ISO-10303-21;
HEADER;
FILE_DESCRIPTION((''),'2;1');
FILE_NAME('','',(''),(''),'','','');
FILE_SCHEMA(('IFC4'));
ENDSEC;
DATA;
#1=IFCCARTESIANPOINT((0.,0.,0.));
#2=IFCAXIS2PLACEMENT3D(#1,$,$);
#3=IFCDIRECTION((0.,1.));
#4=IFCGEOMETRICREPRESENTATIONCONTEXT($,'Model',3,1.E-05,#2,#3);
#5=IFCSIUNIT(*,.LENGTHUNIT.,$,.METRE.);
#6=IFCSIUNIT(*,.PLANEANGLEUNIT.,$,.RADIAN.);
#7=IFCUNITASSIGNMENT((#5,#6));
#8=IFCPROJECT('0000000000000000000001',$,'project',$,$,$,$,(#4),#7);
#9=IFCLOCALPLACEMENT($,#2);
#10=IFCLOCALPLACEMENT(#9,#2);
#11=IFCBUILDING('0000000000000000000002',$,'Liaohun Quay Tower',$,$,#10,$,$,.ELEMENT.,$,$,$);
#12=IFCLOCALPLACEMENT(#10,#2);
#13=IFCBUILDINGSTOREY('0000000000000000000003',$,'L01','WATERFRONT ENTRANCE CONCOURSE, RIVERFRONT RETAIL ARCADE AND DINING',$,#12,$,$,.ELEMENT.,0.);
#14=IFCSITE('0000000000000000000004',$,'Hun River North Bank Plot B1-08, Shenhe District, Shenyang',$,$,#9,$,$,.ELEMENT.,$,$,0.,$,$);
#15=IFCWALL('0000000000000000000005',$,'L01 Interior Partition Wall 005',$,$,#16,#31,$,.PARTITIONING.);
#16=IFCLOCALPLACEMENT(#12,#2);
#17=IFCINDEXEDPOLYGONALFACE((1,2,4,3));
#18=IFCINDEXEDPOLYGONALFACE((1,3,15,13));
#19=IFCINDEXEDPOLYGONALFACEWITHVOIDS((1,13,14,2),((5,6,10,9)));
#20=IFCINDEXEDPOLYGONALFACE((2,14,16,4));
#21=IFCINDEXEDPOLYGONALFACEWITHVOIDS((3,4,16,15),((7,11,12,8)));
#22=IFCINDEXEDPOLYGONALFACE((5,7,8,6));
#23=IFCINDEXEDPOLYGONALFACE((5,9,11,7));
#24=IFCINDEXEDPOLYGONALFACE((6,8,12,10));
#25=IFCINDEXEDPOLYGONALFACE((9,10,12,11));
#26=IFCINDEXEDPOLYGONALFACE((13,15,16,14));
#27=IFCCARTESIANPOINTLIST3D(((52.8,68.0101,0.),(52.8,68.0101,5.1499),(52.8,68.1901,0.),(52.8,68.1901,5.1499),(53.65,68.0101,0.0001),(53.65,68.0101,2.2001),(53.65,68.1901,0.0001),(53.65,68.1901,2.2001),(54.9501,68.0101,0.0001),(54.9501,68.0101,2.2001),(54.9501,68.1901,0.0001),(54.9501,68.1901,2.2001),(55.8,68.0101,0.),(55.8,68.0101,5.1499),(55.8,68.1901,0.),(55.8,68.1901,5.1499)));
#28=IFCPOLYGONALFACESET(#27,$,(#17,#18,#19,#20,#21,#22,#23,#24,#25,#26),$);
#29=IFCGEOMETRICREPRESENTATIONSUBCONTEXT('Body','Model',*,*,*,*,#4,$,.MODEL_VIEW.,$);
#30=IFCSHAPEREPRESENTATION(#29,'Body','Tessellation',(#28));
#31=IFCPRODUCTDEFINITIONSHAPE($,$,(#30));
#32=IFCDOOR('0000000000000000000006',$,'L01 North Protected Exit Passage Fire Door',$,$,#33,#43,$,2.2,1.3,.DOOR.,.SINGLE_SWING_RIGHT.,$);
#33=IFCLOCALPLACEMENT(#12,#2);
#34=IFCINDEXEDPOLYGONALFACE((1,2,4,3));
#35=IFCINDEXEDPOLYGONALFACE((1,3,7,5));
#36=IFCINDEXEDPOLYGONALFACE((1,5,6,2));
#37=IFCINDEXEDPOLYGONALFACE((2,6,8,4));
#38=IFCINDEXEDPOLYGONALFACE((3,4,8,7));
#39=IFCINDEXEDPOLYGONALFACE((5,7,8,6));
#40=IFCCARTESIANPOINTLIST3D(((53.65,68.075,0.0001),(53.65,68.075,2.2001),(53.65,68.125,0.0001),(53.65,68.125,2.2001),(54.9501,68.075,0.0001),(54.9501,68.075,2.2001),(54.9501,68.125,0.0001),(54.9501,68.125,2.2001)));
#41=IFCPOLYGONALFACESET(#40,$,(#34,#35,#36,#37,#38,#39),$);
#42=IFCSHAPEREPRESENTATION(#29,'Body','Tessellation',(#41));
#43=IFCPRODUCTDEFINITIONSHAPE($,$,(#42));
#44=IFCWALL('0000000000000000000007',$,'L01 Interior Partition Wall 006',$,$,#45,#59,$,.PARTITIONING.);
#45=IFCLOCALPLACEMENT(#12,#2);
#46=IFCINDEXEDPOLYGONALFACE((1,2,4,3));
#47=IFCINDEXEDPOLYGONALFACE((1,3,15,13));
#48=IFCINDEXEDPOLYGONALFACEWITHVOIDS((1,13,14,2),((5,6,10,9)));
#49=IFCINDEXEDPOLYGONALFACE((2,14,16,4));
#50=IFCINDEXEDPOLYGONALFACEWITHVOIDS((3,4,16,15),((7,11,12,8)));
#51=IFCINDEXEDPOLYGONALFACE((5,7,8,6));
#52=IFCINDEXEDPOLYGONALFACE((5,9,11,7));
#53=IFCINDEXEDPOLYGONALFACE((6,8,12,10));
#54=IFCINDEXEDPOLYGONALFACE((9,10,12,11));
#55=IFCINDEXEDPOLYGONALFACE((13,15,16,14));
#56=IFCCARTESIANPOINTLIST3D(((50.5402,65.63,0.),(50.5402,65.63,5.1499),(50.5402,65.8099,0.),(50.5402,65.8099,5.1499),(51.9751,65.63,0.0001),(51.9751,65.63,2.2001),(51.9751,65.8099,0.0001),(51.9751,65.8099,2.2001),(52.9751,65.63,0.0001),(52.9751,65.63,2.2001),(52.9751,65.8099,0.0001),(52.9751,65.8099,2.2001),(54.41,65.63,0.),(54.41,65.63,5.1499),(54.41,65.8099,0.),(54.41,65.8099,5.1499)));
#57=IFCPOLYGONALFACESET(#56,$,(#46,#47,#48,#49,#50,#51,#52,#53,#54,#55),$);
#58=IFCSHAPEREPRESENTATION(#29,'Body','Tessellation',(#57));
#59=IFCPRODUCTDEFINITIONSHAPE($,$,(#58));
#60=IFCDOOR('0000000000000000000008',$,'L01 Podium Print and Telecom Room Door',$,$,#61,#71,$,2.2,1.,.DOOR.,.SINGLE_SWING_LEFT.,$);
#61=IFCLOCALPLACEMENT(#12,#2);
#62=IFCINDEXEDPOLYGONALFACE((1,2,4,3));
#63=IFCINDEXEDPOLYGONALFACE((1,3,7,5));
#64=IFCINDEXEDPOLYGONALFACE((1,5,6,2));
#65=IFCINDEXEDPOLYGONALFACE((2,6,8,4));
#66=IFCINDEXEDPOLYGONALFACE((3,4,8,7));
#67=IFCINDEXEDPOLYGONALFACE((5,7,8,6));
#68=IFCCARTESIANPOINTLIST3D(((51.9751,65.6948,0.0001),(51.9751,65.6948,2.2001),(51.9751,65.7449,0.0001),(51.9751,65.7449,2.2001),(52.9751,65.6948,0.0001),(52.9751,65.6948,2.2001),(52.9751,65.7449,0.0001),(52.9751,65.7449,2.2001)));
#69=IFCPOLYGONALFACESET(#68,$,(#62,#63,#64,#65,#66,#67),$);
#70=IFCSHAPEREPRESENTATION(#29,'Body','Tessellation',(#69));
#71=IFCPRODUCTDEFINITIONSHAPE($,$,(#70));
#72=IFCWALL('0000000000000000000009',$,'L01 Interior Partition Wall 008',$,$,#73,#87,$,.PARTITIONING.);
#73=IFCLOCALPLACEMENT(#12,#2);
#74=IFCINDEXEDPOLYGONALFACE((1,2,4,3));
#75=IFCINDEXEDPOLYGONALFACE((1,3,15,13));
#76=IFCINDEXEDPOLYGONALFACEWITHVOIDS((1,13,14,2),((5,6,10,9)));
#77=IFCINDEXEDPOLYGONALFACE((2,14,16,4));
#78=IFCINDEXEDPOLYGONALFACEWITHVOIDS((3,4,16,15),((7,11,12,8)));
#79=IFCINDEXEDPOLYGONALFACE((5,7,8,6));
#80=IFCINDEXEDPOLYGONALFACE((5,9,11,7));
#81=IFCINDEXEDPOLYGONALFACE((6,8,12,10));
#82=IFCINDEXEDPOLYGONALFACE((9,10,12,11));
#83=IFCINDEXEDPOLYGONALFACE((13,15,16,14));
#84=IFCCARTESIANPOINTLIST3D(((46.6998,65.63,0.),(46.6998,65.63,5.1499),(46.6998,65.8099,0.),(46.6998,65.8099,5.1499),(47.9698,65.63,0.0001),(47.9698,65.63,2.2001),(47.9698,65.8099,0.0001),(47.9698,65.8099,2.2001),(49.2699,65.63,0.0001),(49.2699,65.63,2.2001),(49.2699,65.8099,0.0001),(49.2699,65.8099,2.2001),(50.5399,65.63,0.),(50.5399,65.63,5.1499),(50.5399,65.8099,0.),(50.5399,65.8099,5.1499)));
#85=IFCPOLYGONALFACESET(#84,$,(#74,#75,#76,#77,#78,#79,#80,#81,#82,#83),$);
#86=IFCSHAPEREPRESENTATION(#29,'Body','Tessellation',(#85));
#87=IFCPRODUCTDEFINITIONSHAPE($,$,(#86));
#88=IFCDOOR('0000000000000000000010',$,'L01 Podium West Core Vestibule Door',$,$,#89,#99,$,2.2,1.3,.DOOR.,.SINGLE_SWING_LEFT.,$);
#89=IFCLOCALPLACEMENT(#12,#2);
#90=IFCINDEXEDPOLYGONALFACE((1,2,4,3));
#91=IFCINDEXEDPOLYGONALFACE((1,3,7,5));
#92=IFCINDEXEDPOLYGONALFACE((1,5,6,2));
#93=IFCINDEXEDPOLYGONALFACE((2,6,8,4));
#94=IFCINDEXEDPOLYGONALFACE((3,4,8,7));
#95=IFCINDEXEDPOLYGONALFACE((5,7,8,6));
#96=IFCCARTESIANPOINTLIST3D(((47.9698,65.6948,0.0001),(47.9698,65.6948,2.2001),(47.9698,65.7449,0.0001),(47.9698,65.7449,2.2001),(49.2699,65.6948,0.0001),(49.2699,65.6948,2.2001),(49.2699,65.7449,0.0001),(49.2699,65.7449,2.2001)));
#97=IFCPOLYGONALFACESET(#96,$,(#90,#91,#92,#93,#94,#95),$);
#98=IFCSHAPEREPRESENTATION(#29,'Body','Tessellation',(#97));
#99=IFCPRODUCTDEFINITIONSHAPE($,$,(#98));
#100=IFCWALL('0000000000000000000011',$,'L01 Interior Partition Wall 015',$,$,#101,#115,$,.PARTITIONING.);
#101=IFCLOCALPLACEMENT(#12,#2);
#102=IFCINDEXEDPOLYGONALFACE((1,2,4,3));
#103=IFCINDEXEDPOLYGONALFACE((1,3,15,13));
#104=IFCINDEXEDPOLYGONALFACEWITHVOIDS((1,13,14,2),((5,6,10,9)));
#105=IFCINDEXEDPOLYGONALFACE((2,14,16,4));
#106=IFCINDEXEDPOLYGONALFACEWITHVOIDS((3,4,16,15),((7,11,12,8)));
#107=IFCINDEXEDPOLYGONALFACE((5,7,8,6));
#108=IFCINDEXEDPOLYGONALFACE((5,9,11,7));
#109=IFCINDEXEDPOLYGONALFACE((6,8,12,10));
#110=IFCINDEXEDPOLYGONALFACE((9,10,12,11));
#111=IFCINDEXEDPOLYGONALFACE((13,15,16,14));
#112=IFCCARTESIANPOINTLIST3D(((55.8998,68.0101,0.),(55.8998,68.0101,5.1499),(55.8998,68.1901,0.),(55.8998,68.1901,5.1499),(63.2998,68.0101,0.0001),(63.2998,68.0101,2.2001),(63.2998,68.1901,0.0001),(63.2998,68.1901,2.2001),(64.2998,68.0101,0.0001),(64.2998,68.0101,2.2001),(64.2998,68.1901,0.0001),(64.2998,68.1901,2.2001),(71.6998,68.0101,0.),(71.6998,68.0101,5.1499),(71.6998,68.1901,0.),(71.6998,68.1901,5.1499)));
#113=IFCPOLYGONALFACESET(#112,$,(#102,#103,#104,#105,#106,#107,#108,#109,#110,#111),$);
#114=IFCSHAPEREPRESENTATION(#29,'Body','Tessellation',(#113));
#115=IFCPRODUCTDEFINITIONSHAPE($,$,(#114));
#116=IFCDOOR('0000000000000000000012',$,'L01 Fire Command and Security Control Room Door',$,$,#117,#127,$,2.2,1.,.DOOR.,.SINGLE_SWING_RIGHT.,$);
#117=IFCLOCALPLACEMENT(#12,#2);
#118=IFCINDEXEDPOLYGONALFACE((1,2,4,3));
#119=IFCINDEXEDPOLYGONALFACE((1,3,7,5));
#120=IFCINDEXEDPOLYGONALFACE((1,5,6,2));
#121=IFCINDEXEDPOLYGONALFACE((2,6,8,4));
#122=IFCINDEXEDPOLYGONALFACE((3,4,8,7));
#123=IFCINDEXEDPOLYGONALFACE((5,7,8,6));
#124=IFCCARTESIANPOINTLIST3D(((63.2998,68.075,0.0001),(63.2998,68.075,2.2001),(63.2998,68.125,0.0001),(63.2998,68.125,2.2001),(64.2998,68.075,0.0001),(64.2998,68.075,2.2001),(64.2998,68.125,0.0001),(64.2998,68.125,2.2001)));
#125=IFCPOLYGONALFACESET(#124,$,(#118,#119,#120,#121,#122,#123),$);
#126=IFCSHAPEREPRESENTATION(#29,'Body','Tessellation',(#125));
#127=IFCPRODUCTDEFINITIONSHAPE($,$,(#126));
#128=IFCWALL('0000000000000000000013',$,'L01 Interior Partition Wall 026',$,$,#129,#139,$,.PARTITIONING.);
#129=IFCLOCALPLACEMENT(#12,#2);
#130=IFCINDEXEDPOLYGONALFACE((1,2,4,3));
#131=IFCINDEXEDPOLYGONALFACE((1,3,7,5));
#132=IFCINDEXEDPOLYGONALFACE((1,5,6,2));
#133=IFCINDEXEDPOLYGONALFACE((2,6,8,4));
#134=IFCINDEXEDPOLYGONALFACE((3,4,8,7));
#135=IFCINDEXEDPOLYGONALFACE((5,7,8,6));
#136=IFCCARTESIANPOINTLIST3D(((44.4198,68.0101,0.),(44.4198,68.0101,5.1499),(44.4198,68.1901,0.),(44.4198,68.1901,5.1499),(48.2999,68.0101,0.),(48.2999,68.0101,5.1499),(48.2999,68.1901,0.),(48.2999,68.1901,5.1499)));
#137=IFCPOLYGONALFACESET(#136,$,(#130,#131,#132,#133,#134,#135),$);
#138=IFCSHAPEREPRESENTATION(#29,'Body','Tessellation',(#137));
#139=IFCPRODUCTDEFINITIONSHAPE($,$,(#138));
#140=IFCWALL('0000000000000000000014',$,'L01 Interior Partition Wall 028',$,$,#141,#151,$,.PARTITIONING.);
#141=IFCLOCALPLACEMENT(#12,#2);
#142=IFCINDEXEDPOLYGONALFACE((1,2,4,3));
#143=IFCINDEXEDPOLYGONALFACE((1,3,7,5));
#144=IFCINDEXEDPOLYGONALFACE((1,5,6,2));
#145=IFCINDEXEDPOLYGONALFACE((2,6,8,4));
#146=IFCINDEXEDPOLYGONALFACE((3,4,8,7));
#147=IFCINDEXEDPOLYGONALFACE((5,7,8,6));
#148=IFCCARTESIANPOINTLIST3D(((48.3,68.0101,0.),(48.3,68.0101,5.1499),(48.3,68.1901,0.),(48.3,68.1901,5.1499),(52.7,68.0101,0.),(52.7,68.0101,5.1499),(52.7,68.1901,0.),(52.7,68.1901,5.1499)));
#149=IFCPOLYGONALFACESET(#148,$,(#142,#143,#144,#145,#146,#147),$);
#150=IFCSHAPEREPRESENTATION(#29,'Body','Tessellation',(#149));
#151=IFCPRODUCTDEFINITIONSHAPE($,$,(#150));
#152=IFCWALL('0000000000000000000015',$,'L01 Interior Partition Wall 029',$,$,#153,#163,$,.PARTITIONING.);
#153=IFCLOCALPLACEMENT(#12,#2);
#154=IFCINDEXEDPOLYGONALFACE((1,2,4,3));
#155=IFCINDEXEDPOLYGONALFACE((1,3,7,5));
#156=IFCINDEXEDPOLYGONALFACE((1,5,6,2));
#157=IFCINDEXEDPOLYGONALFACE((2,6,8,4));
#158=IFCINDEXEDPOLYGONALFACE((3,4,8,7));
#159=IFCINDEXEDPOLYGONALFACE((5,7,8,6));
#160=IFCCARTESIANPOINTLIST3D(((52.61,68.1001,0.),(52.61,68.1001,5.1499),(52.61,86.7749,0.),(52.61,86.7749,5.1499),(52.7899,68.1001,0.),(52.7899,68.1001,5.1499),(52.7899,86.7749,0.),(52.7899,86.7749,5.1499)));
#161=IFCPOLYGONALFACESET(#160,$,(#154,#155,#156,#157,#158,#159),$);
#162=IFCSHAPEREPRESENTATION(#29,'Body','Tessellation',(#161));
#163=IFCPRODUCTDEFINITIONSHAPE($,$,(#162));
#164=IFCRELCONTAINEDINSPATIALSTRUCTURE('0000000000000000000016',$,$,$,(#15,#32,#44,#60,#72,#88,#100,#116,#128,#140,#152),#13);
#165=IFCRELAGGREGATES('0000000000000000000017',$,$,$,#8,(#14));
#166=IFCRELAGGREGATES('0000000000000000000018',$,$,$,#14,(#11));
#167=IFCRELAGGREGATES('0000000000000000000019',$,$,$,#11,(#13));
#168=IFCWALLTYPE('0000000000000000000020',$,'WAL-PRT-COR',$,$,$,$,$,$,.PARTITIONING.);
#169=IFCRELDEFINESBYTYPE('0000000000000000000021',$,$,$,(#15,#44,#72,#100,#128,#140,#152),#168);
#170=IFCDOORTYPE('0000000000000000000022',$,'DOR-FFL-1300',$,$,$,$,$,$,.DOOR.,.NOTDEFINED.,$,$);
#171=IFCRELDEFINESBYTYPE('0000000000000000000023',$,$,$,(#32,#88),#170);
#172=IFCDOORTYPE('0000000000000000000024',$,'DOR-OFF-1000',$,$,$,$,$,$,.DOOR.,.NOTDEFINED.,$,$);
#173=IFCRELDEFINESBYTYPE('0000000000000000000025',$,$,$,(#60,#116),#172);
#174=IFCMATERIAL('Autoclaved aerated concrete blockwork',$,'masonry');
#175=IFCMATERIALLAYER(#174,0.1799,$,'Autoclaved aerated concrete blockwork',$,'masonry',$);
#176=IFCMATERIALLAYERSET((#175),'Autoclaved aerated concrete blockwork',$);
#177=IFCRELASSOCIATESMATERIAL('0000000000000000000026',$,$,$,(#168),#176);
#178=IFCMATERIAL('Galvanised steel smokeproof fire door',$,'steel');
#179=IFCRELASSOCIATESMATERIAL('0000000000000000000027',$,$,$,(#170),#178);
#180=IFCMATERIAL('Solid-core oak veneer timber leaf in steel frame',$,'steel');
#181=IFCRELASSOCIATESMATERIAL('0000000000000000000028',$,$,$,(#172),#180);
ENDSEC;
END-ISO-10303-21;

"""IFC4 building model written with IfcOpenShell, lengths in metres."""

from ifc_helpers import new_model, si_unit, direction, frame, frame_2d, origin, place, context, subcontext, project, spatial, rectangle, extrude, source, transform, mapped, material, layer, layer_set, type_object, element, fill, save


model = new_model("IFC4")

# Units and contexts
model_context = context("Model", 3, precision=1e-05, world=origin(), true_north=direction((0.0, 1.0)))
body_context = subcontext(model_context, "Body", "Model", "MODEL_VIEW")
ifc_project = project(units=[si_unit("LENGTHUNIT", "METRE"), si_unit("PLANEANGLEUNIT", "RADIAN")], contexts=[model_context])

# Site, building, storey
site_placement = place(None, origin())
site = spatial("IfcSite", under=ifc_project, at=site_placement, Name="Hun River North Bank Plot B1-08, Shenhe District, Shenyang", CompositionType="ELEMENT", RefElevation=0.0)
building_placement = place(site_placement, origin())
building = spatial("IfcBuilding", under=site, at=building_placement, Name="Liaohun Quay Tower", CompositionType="ELEMENT")
storey_placement = place(building_placement, origin())
storey = spatial("IfcBuildingStorey", under=building, at=storey_placement, Name="L01", Description="WATERFRONT ENTRANCE CONCOURSE, RIVERFRONT RETAIL ARCADE AND DINING", CompositionType="ELEMENT", Elevation=0.0)

# Walls, openings, doors
ifc_material_1 = material(Name="Autoclaved aerated concrete blockwork", Category="masonry")
ifc_layer_1 = layer(ifc_material_1, 0.1799, Name="Autoclaved aerated concrete blockwork", Category="masonry")
ifc_layer_set_1 = layer_set([ifc_layer_1], Name="Autoclaved aerated concrete blockwork")
wall_type_1 = type_object("IfcWallType", Name="WAL-PRT-COR", PredefinedType="PARTITIONING", material=ifc_layer_set_1)
wall_1_placement = place(storey_placement, frame((52.8, 68.1001, 0.0), z_axis=(0.0, 0.0, 1.0), x_axis=(1.0, 0.0, 0.0)))
wall_1 = element("IfcWall", 1, at=wall_1_placement, inside=storey, type_object=wall_type_1, Name="L01 Interior Partition Wall 005", PredefinedType="PARTITIONING", context=body_context, shape_type="SweptSolid", body=[
    extrude(rectangle(XDim=3.0, YDim=0.1799, at=frame_2d((1.5, 0.0))), origin(), (0.0, 0.0, 1.0), 5.1499),
])
shared_shape_1 = source(origin(), body_context, "Body", "SweptSolid", [
    extrude(rectangle(XDim=1.3, YDim=2.2, at=frame_2d((0.6499, 1.1001))), frame((0.0, 0.0999, 0.0), z_axis=(0.0, -1.0, 0.0), x_axis=(1.0, 0.0, 0.0)), (0.0, 0.0, 1.0), 0.2),
])
opening_1_placement = place(wall_1_placement, frame((0.8501, 0.0, 0.0)))
opening_1 = element("IfcOpeningElement", 2, at=opening_1_placement, cuts=wall_1, PredefinedType="OPENING", context=body_context, shape_type="MappedRepresentation", body=[
    mapped(shared_shape_1, transform((0.0, 0.0, 0.0), x_axis=(1.0, 0.0, 0.0), y_axis=(0.0, 1.0, 0.0), z_axis=(0.0, 0.0, 1.0), scale=1.0)),
])
ifc_material_2 = material(Name="Galvanised steel smokeproof fire door", Category="steel")
door_type_1 = type_object("IfcDoorType", Name="DOR-FFL-1300", OperationType="NOTDEFINED", PredefinedType="DOOR", material=ifc_material_2)
shared_shape_2 = source(origin(), body_context, "Body", "SweptSolid", [
    extrude(rectangle(XDim=1.3, YDim=2.2, at=frame_2d((0.6499, 1.1001))), frame((0.0, 0.0249, 0.0), z_axis=(0.0, -1.0, 0.0), x_axis=(1.0, 0.0, 0.0)), (0.0, 0.0, 1.0), 0.05),
])
door_1_placement = place(opening_1_placement, origin())
door_1 = element("IfcDoor", 3, at=door_1_placement, inside=storey, type_object=door_type_1, Name="L01 North Protected Exit Passage Fire Door", OperationType="SINGLE_SWING_RIGHT", OverallHeight=2.2, OverallWidth=1.3, PredefinedType="DOOR", context=body_context, shape_type="MappedRepresentation", body=[
    mapped(shared_shape_2, transform((0.0, 0.0, 0.0), x_axis=(1.0, 0.0, 0.0), y_axis=(0.0, 1.0, 0.0), z_axis=(0.0, 0.0, 1.0), scale=1.0)),
])
fill(opening_1, door_1)
wall_2_placement = place(storey_placement, frame((50.54, 65.72, 0.0), z_axis=(0.0, 0.0, 1.0), x_axis=(1.0, 0.0, 0.0)))
wall_2 = element("IfcWall", 4, at=wall_2_placement, inside=storey, type_object=wall_type_1, Name="L01 Interior Partition Wall 006", PredefinedType="PARTITIONING", context=body_context, shape_type="SweptSolid", body=[
    extrude(rectangle(XDim=3.8699, YDim=0.1799, at=frame_2d((1.9351, 0.0))), origin(), (0.0, 0.0, 1.0), 5.1499),
])
shared_shape_3 = source(origin(), body_context, "Body", "SweptSolid", [
    extrude(rectangle(XDim=1.0, YDim=2.2, at=frame_2d((0.5, 1.1001))), frame((0.0, 0.0999, 0.0), z_axis=(0.0, -1.0, 0.0), x_axis=(1.0, 0.0, 0.0)), (0.0, 0.0, 1.0), 0.2),
])
opening_2_placement = place(wall_2_placement, frame((1.4351, 0.0, 0.0)))
opening_2 = element("IfcOpeningElement", 5, at=opening_2_placement, cuts=wall_2, PredefinedType="OPENING", context=body_context, shape_type="MappedRepresentation", body=[
    mapped(shared_shape_3, transform((0.0, 0.0, 0.0), x_axis=(1.0, 0.0, 0.0), y_axis=(0.0, 1.0, 0.0), z_axis=(0.0, 0.0, 1.0), scale=1.0)),
])
ifc_material_3 = material(Name="Solid-core oak veneer timber leaf in steel frame", Category="steel")
door_type_2 = type_object("IfcDoorType", Name="DOR-OFF-1000", OperationType="NOTDEFINED", PredefinedType="DOOR", material=ifc_material_3)
shared_shape_4 = source(origin(), body_context, "Body", "SweptSolid", [
    extrude(rectangle(XDim=1.0, YDim=2.2, at=frame_2d((0.5, 1.1001))), frame((0.0, 0.0249, 0.0), z_axis=(0.0, -1.0, 0.0), x_axis=(1.0, 0.0, 0.0)), (0.0, 0.0, 1.0), 0.05),
])
door_2_placement = place(opening_2_placement, origin())
door_2 = element("IfcDoor", 6, at=door_2_placement, inside=storey, type_object=door_type_2, Name="L01 Podium Print and Telecom Room Door", OperationType="SINGLE_SWING_LEFT", OverallHeight=2.2, OverallWidth=1.0, PredefinedType="DOOR", context=body_context, shape_type="MappedRepresentation", body=[
    mapped(shared_shape_4, transform((0.0, 0.0, 0.0), x_axis=(1.0, 0.0, 0.0), y_axis=(0.0, 1.0, 0.0), z_axis=(0.0, 0.0, 1.0), scale=1.0)),
])
fill(opening_2, door_2)
wall_3_placement = place(storey_placement, frame((46.7, 65.72, 0.0), z_axis=(0.0, 0.0, 1.0), x_axis=(1.0, 0.0, 0.0)))
wall_3 = element("IfcWall", 7, at=wall_3_placement, inside=storey, type_object=wall_type_1, Name="L01 Interior Partition Wall 008", PredefinedType="PARTITIONING", context=body_context, shape_type="SweptSolid", body=[
    extrude(rectangle(XDim=3.8401, YDim=0.1799, at=frame_2d((1.9199, 0.0))), origin(), (0.0, 0.0, 1.0), 5.1499),
])
opening_3_placement = place(wall_3_placement, frame((1.27, 0.0, 0.0)))
opening_3 = element("IfcOpeningElement", 8, at=opening_3_placement, cuts=wall_3, PredefinedType="OPENING", context=body_context, shape_type="MappedRepresentation", body=[
    mapped(shared_shape_1, transform((0.0, 0.0, 0.0), x_axis=(1.0, 0.0, 0.0), y_axis=(0.0, 1.0, 0.0), z_axis=(0.0, 0.0, 1.0), scale=1.0)),
])
door_3_placement = place(opening_3_placement, origin())
door_3 = element("IfcDoor", 9, at=door_3_placement, inside=storey, type_object=door_type_1, Name="L01 Podium West Core Vestibule Door", OperationType="SINGLE_SWING_LEFT", OverallHeight=2.2, OverallWidth=1.3, PredefinedType="DOOR", context=body_context, shape_type="MappedRepresentation", body=[
    mapped(shared_shape_2, transform((0.0, 0.0, 0.0), x_axis=(1.0, 0.0, 0.0), y_axis=(0.0, 1.0, 0.0), z_axis=(0.0, 0.0, 1.0), scale=1.0)),
])
fill(opening_3, door_3)
wall_4_placement = place(storey_placement, frame((55.8999, 68.1001, 0.0), z_axis=(0.0, 0.0, 1.0), x_axis=(1.0, 0.0, 0.0)))
wall_4 = element("IfcWall", 10, at=wall_4_placement, inside=storey, type_object=wall_type_1, Name="L01 Interior Partition Wall 015", PredefinedType="PARTITIONING", context=body_context, shape_type="SweptSolid", body=[
    extrude(rectangle(XDim=15.8, YDim=0.1799, at=frame_2d((7.8999, 0.0))), origin(), (0.0, 0.0, 1.0), 5.1499),
])
opening_4_placement = place(wall_4_placement, frame((7.3999, 0.0, 0.0)))
opening_4 = element("IfcOpeningElement", 11, at=opening_4_placement, cuts=wall_4, PredefinedType="OPENING", context=body_context, shape_type="MappedRepresentation", body=[
    mapped(shared_shape_3, transform((0.0, 0.0, 0.0), x_axis=(1.0, 0.0, 0.0), y_axis=(0.0, 1.0, 0.0), z_axis=(0.0, 0.0, 1.0), scale=1.0)),
])
door_4_placement = place(opening_4_placement, origin())
door_4 = element("IfcDoor", 12, at=door_4_placement, inside=storey, type_object=door_type_2, Name="L01 Fire Command and Security Control Room Door", OperationType="SINGLE_SWING_RIGHT", OverallHeight=2.2, OverallWidth=1.0, PredefinedType="DOOR", context=body_context, shape_type="MappedRepresentation", body=[
    mapped(shared_shape_4, transform((0.0, 0.0, 0.0), x_axis=(1.0, 0.0, 0.0), y_axis=(0.0, 1.0, 0.0), z_axis=(0.0, 0.0, 1.0), scale=1.0)),
])
fill(opening_4, door_4)

# Walls
wall_5_placement = place(storey_placement, frame((44.4199, 68.1001, 0.0), z_axis=(0.0, 0.0, 1.0), x_axis=(1.0, 0.0, 0.0)))
element("IfcWall", 13, at=wall_5_placement, inside=storey, type_object=wall_type_1, Name="L01 Interior Partition Wall 026", PredefinedType="PARTITIONING", context=body_context, shape_type="SweptSolid", body=[
    extrude(rectangle(XDim=3.8801, YDim=0.1799, at=frame_2d((1.9399, 0.0))), origin(), (0.0, 0.0, 1.0), 5.1499),
])
wall_6_placement = place(storey_placement, frame((48.3, 68.1001, 0.0), z_axis=(0.0, 0.0, 1.0), x_axis=(1.0, 0.0, 0.0)))
element("IfcWall", 14, at=wall_6_placement, inside=storey, type_object=wall_type_1, Name="L01 Interior Partition Wall 028", PredefinedType="PARTITIONING", context=body_context, shape_type="SweptSolid", body=[
    extrude(rectangle(XDim=4.3999, YDim=0.1799, at=frame_2d((2.2, 0.0))), origin(), (0.0, 0.0, 1.0), 5.1499),
])
for number, where, z_axis, x_axis, name in (
    (15, (52.7, 68.1001, 0.0), (0.0, 0.0, 1.0), (0.0, 1.0, 0.0), "L01 Interior Partition Wall 029"),
):
    element("IfcWall", number, at=place(storey_placement, frame(where, z_axis=z_axis, x_axis=x_axis)), inside=storey, type_object=wall_type_1, Name=name, PredefinedType="PARTITIONING", context=body_context, shape_type="SweptSolid", body=[
        extrude(rectangle(XDim=18.6748, YDim=0.1799, at=frame_2d((9.3374, 0.0))), origin(), (0.0, 0.0, 1.0), 5.1499),
    ])

save(model, "model.ifc")
